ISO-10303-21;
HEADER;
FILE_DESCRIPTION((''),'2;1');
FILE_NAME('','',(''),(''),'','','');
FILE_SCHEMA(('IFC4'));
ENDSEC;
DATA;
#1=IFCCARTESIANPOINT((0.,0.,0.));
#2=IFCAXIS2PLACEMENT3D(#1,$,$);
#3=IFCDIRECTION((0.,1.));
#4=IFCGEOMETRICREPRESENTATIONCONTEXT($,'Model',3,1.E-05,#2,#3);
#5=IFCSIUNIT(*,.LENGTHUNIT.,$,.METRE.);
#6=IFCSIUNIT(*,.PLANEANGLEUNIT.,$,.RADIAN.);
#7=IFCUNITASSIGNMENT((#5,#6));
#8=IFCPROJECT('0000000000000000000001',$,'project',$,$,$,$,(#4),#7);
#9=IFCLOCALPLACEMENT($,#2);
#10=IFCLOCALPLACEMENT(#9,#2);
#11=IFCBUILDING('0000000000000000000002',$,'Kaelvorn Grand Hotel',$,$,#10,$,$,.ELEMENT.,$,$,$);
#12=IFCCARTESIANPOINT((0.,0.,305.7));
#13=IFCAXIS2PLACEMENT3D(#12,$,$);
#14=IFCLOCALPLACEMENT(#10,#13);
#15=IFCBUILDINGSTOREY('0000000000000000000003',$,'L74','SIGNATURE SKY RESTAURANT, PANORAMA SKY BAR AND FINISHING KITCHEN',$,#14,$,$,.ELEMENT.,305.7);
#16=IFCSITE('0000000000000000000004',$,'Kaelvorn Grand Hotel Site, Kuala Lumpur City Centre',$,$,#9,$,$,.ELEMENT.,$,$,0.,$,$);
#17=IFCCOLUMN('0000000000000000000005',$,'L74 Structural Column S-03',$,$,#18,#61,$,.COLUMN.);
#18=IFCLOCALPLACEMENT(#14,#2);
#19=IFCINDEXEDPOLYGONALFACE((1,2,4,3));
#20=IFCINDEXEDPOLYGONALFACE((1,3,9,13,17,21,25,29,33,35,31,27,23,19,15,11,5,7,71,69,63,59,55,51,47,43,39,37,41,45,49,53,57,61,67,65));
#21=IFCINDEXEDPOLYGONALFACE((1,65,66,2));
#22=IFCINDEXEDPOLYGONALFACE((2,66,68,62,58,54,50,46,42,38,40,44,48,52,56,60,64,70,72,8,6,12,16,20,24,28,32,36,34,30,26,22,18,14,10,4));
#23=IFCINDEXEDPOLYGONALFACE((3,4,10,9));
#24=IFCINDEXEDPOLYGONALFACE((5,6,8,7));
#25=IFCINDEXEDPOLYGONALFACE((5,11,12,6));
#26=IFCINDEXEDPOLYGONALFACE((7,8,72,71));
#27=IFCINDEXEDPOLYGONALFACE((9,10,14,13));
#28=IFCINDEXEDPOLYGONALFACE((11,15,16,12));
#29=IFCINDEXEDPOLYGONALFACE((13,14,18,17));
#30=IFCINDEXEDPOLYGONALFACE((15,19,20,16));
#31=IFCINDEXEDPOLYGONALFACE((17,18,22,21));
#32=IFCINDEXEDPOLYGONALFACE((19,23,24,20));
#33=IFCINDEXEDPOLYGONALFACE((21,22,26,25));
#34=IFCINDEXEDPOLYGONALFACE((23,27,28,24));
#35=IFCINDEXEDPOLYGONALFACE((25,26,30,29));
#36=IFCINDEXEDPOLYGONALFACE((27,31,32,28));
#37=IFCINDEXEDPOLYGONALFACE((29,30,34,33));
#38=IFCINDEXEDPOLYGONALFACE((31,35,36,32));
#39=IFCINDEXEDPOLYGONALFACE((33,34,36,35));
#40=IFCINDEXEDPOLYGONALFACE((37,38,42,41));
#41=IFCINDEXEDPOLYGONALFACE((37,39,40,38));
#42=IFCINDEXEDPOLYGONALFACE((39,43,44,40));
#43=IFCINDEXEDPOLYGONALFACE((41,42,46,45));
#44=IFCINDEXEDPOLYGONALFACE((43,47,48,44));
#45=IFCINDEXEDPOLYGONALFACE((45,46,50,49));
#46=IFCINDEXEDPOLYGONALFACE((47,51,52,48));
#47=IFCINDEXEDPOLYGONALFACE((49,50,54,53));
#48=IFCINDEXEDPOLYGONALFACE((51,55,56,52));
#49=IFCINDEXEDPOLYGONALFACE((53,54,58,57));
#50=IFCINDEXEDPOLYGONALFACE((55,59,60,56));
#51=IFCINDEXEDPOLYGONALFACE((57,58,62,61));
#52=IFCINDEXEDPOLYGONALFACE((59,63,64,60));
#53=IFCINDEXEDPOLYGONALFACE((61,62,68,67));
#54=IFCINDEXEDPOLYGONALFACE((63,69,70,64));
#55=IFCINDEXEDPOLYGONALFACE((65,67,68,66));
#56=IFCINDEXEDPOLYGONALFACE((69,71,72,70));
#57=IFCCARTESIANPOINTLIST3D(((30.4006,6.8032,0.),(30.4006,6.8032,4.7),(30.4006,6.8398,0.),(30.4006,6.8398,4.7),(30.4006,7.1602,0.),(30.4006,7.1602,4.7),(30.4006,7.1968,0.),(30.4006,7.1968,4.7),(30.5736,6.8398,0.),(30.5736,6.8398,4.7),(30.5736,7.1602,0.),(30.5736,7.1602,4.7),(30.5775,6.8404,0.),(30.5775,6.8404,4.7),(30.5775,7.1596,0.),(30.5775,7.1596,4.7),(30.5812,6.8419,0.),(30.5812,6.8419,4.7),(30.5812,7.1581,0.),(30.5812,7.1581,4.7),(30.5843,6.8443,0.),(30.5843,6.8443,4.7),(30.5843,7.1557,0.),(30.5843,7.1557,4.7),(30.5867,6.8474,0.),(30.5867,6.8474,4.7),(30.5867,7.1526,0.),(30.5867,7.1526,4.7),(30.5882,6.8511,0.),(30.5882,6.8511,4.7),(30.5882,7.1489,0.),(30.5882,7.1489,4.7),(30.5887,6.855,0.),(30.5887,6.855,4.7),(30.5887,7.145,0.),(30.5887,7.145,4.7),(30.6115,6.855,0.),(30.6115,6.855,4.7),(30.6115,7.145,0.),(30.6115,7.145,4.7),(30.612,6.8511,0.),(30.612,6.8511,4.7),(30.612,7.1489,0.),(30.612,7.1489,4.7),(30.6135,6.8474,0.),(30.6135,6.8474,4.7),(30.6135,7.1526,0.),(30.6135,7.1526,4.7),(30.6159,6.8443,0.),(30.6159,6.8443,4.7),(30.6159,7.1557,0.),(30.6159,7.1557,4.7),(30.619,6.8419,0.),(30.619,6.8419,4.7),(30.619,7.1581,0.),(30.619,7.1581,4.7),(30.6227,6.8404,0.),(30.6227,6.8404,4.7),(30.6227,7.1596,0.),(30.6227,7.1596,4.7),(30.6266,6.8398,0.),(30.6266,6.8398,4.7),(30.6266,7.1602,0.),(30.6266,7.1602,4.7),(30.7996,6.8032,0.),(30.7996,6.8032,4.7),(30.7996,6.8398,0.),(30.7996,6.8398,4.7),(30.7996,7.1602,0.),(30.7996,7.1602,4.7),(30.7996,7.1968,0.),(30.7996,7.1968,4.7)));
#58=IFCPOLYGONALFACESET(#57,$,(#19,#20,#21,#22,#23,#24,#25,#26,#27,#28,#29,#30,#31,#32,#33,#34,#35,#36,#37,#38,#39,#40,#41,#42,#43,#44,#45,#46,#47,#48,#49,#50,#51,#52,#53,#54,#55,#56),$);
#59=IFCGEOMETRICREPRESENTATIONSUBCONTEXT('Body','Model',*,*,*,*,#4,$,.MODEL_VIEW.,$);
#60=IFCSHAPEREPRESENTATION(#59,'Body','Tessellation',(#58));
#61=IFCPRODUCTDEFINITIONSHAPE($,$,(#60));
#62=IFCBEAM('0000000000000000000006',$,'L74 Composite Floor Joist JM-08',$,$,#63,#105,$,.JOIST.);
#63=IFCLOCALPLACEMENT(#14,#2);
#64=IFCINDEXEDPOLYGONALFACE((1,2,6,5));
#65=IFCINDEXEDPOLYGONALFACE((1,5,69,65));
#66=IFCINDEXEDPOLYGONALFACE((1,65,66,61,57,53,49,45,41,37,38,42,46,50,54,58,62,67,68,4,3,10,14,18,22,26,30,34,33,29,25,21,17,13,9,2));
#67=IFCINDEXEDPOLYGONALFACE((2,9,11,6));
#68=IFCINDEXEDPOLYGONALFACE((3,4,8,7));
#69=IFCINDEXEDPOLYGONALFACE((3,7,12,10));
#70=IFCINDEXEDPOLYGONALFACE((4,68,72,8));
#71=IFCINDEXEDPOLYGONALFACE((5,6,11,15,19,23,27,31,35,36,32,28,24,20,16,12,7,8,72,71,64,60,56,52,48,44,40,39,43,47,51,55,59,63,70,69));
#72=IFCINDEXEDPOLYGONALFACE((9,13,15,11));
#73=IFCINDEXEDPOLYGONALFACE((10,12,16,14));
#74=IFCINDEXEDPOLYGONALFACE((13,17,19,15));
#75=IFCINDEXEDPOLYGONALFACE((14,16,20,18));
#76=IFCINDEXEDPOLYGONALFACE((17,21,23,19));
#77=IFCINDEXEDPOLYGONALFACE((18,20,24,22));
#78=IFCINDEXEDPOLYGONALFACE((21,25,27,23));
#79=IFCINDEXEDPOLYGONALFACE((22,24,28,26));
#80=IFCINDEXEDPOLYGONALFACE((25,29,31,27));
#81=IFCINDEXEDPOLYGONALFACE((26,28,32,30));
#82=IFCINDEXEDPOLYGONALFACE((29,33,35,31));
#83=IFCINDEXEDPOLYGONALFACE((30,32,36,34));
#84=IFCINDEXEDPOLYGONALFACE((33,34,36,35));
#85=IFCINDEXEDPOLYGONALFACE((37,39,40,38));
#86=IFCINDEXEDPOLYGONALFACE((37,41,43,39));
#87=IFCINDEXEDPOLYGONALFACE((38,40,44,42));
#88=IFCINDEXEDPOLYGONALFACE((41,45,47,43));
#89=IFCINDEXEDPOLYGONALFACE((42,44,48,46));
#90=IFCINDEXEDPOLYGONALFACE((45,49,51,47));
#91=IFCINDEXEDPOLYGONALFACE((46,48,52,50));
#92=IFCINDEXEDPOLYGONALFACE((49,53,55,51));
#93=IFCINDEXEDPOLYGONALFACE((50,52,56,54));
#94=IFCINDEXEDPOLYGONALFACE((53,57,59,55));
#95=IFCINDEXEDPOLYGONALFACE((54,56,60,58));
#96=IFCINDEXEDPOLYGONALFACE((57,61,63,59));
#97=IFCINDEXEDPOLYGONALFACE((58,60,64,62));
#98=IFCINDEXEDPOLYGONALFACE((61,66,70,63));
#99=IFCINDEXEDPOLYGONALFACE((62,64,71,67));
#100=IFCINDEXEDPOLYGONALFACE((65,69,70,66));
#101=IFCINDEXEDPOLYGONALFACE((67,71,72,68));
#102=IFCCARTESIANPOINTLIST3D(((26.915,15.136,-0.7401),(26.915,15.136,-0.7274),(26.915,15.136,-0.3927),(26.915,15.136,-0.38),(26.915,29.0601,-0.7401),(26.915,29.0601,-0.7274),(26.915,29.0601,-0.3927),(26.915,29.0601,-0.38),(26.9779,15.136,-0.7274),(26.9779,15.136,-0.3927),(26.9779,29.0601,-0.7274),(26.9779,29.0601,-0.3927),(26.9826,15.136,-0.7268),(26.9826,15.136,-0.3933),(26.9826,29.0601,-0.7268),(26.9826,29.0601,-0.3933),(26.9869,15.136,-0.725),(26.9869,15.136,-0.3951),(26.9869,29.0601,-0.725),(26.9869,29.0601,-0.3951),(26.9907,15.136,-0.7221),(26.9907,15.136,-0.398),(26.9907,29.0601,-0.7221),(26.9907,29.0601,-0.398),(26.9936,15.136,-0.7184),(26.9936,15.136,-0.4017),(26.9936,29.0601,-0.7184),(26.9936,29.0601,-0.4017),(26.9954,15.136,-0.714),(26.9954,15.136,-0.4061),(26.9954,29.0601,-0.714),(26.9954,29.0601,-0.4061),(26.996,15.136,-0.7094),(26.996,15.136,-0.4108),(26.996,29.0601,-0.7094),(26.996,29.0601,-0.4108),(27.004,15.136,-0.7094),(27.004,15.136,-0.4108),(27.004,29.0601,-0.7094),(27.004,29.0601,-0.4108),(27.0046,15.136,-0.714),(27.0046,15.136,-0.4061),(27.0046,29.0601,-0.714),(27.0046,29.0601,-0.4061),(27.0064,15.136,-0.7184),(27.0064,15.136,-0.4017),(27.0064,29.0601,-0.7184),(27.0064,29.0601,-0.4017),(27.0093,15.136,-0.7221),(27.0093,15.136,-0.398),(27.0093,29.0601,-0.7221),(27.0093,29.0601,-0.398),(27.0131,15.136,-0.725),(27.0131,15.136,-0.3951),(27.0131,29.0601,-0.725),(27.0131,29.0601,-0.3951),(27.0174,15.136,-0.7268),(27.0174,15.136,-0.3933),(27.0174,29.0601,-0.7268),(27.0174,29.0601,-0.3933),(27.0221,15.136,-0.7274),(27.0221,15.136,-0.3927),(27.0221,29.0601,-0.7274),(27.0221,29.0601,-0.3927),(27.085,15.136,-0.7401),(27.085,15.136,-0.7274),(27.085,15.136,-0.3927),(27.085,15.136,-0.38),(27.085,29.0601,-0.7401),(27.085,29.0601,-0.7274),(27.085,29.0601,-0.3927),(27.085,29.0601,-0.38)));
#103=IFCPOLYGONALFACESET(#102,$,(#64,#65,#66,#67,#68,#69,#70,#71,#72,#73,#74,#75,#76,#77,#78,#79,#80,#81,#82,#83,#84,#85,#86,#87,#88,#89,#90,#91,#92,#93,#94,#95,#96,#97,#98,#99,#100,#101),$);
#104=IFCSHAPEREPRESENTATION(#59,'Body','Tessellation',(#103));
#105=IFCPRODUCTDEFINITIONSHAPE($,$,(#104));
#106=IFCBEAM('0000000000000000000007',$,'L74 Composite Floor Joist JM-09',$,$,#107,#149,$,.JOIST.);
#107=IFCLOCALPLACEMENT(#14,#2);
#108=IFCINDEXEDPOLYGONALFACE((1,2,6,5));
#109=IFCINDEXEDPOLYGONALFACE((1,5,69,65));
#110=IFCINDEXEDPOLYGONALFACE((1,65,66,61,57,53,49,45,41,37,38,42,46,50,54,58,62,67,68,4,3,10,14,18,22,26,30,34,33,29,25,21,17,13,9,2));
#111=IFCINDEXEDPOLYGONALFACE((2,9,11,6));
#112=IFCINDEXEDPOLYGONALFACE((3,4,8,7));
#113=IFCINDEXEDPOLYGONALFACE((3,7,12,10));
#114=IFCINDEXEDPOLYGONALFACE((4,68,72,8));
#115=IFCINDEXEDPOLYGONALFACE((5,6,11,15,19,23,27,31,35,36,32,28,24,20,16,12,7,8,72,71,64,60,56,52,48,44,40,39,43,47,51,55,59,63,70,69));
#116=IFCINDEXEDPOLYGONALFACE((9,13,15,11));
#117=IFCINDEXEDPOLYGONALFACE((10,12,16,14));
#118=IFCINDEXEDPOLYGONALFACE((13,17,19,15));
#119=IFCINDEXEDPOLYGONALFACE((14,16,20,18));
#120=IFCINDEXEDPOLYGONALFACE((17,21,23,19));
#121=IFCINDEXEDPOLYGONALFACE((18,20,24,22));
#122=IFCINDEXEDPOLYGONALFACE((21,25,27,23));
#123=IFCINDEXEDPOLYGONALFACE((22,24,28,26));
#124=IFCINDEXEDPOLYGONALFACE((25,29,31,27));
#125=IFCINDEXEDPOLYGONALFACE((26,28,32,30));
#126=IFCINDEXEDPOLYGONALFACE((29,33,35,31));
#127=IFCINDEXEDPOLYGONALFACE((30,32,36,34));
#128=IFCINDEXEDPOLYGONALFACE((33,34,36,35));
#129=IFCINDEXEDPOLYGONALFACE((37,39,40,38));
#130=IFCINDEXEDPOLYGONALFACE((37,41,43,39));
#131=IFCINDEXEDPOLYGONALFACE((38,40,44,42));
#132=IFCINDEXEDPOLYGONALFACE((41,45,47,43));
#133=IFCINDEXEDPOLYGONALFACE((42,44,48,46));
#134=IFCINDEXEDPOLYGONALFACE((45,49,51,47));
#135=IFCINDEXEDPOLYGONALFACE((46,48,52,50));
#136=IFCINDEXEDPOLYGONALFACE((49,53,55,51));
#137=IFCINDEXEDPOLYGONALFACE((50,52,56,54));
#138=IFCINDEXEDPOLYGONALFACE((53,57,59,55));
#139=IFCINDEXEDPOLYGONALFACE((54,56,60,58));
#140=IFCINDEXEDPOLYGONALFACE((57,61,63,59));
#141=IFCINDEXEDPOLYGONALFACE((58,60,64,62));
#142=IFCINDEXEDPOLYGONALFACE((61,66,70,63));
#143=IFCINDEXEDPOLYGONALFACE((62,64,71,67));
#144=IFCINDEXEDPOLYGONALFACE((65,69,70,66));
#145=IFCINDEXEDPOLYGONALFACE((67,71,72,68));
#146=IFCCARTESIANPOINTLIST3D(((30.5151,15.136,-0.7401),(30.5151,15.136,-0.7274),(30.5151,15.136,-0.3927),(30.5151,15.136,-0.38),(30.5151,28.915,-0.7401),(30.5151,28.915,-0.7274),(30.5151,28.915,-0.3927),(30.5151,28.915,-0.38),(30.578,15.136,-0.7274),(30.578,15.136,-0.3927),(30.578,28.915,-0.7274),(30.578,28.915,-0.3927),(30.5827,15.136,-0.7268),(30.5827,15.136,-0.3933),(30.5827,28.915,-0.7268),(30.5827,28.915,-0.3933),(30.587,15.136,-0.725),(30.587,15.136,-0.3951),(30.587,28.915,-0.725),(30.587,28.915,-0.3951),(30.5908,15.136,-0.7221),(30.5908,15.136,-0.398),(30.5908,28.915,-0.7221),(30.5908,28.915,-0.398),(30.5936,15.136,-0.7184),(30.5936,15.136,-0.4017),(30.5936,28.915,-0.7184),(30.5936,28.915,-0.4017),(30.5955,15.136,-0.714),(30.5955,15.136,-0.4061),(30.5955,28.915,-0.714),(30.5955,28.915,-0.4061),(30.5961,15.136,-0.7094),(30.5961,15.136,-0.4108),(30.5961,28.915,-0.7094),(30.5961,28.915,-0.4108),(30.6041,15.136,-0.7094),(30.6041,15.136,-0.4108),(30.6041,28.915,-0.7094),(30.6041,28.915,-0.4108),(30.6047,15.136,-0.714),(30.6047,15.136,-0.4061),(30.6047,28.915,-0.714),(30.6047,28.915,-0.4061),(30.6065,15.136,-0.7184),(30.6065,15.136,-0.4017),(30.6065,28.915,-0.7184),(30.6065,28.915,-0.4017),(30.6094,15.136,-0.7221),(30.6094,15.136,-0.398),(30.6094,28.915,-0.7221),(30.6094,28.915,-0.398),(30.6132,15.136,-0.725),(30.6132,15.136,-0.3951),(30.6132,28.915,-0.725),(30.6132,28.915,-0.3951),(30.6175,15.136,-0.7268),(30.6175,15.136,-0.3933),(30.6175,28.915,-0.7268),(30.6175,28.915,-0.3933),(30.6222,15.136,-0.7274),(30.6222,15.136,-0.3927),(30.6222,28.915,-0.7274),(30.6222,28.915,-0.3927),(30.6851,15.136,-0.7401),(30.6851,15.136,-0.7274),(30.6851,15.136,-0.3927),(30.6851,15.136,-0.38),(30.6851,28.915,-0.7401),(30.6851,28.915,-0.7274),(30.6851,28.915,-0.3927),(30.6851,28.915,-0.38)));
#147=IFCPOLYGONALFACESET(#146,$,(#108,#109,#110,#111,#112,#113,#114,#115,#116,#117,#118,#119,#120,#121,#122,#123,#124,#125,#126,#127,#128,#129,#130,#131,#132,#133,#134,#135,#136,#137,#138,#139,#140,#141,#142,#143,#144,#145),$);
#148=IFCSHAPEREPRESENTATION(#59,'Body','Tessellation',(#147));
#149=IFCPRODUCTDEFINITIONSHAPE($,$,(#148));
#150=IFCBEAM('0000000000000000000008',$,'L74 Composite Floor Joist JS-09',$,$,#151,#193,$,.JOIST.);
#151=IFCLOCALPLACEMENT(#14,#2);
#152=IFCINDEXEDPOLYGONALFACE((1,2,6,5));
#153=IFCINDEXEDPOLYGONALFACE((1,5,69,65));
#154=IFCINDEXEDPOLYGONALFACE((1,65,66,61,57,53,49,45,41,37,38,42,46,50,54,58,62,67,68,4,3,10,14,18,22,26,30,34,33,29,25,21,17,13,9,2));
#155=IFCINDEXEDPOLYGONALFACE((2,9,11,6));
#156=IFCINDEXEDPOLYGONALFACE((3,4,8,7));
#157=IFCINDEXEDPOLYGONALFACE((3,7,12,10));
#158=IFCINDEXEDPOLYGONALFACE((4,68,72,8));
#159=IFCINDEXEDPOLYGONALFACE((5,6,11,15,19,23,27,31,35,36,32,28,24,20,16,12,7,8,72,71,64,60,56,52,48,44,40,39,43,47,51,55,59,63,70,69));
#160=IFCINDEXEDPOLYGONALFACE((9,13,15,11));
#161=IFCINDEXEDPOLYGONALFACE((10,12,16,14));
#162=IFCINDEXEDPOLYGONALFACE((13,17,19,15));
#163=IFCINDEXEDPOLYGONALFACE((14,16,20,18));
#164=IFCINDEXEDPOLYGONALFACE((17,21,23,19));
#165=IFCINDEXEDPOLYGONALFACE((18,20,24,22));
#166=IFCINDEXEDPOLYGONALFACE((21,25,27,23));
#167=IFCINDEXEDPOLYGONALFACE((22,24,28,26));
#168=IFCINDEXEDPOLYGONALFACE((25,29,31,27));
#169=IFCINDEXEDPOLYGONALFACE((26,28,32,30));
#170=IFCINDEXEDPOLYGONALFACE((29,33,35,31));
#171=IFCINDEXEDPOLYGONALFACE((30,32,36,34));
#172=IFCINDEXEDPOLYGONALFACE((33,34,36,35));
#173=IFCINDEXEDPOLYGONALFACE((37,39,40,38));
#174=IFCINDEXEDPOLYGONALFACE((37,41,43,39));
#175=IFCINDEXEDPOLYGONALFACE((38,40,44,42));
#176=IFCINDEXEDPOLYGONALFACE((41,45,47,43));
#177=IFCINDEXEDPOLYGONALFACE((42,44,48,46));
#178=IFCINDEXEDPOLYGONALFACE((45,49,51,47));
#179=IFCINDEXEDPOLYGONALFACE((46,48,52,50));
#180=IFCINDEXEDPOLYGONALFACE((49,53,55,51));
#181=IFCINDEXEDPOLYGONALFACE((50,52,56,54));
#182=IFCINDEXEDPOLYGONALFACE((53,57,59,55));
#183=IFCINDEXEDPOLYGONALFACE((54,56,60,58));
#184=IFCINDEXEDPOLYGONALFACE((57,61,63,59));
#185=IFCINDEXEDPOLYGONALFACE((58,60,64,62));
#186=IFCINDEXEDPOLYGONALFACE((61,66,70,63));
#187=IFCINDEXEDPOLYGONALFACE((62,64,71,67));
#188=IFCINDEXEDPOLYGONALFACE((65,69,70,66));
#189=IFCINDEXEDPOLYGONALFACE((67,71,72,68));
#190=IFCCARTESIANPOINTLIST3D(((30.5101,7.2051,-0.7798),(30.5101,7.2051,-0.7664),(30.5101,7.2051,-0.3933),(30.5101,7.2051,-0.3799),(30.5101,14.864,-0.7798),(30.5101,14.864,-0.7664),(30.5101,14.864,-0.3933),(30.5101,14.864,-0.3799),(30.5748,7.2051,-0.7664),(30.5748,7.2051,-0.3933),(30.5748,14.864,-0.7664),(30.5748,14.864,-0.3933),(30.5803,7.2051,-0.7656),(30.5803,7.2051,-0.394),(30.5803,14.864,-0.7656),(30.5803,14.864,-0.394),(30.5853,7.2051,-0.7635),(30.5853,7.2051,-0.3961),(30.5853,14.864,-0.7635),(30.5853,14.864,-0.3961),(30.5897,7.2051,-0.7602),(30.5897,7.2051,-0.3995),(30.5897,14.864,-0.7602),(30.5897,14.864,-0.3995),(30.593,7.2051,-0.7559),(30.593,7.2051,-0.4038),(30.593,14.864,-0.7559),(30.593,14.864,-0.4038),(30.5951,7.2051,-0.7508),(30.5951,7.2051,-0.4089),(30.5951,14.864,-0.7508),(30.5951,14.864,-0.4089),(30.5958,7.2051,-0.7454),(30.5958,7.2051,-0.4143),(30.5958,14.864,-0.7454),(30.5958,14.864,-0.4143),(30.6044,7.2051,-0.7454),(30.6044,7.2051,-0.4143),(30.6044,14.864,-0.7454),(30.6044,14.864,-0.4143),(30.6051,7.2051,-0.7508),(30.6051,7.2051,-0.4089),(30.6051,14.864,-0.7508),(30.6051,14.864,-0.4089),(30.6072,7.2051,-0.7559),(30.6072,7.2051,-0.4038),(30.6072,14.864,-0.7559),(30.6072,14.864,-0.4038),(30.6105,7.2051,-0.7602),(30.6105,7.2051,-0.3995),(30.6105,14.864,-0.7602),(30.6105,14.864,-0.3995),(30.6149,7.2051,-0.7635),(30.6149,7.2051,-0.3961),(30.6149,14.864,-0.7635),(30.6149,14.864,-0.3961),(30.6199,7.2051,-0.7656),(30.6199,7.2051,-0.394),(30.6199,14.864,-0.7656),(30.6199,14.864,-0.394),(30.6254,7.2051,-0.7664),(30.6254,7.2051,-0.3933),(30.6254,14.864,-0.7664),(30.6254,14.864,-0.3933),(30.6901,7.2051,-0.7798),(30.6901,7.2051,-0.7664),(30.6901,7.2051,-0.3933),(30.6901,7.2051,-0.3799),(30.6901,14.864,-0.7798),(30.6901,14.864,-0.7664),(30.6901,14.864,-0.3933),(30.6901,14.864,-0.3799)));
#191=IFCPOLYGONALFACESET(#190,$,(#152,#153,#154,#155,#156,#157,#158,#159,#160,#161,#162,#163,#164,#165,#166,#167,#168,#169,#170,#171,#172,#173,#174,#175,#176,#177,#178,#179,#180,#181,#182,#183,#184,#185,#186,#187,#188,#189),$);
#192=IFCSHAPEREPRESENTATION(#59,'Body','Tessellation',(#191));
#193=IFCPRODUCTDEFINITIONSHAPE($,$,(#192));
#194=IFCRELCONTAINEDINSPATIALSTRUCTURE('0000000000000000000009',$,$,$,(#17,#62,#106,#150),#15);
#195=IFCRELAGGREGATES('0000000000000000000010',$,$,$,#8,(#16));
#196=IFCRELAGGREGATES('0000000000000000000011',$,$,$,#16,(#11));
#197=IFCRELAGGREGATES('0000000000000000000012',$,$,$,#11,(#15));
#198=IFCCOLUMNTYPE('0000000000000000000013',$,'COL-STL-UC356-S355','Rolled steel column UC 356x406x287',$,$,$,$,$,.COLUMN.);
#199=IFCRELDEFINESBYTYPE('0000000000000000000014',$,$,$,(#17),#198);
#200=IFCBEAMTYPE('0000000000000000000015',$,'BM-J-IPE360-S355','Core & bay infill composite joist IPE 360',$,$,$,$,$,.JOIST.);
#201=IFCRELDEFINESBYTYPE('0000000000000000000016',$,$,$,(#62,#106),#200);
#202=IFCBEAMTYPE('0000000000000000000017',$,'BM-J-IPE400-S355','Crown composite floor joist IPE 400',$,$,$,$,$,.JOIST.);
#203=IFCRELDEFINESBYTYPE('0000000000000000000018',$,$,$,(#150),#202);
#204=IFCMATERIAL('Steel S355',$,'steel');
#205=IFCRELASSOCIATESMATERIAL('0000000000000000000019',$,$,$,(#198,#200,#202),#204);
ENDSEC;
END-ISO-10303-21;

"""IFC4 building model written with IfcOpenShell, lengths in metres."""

from ifc_helpers import new_model, si_unit, direction, frame, origin, origin_2d, place, context, subcontext, project, spatial, i_section, extrude, material, material_profile, profile_set, type_object, element, save


model = new_model("IFC4")

# Units and contexts
model_context = context("Model", 3, precision=1e-05, world=origin(), true_north=direction((0.0, 1.0)))
body_context = subcontext(model_context, "Body", "Model", "MODEL_VIEW")
ifc_project = project(units=[si_unit("LENGTHUNIT", "METRE"), si_unit("PLANEANGLEUNIT", "RADIAN")], contexts=[model_context])

# Site, building, storey
site_placement = place(None, origin())
site = spatial("IfcSite", under=ifc_project, at=site_placement, Name="Kaelvorn Grand Hotel Site, Kuala Lumpur City Centre", CompositionType="ELEMENT", RefElevation=0.0)
building_placement = place(site_placement, origin())
building = spatial("IfcBuilding", under=site, at=building_placement, Name="Kaelvorn Grand Hotel", CompositionType="ELEMENT")
storey_placement = place(building_placement, frame((0.0, 0.0, 305.7)))
storey = spatial("IfcBuildingStorey", under=building, at=storey_placement, Name="L74", Description="SIGNATURE SKY RESTAURANT, PANORAMA SKY BAR AND FINISHING KITCHEN", CompositionType="ELEMENT", Elevation=305.7)

# Column
ifc_material_1 = material(Name="Steel S355", Category="steel")
ifc_material_profile_1 = material_profile(ifc_material_1, i_section(OverallWidth=0.3989, OverallDepth=0.3936, WebThickness=0.0227, FlangeThickness=0.0366, FilletRadius=0.0151, at=origin_2d()), Name="UC 356x406x287")
ifc_profile_set_1 = profile_set([ifc_material_profile_1], Name="Steel S355")
column_type = type_object("IfcColumnType", Name="COL-STL-UC356-S355", Description="Rolled steel column UC 356x406x287", PredefinedType="COLUMN", material=ifc_profile_set_1)
column_placement = place(storey_placement, frame((30.6001, 7.0, 0.0), z_axis=(0.0, 0.0, 1.0), x_axis=(1.0, 0.0, 0.0)))
element("IfcColumn", 1, at=column_placement, inside=storey, type_object=column_type, Name="L74 Structural Column S-03", PredefinedType="COLUMN", context=body_context, shape_type="SweptSolid", body=[
    extrude(i_section(OverallWidth=0.3989, OverallDepth=0.3936, WebThickness=0.0227, FlangeThickness=0.0366, FilletRadius=0.0151, at=origin_2d()), origin(), (0.0, 0.0, 1.0), 4.7),
])

# Beams
ifc_material_profile_2 = material_profile(ifc_material_1, i_section(OverallWidth=0.1699, OverallDepth=0.3601, WebThickness=0.0081, FlangeThickness=0.0127, FilletRadius=0.0181, at=origin_2d()), Name="IPE 360")
ifc_profile_set_2 = profile_set([ifc_material_profile_2], Name="Steel S355")
beam_type_1 = type_object("IfcBeamType", Name="BM-J-IPE360-S355", Description="Core & bay infill composite joist IPE 360", PredefinedType="JOIST", material=ifc_profile_set_2)
beam_1_placement = place(storey_placement, frame((27.0, 15.136, -0.5601), z_axis=(0.0, 1.0, 0.0), x_axis=(-1.0, 0.0, 0.0)))
element("IfcBeam", 2, at=beam_1_placement, inside=storey, type_object=beam_type_1, Name="L74 Composite Floor Joist JM-08", PredefinedType="JOIST", context=body_context, shape_type="SweptSolid", body=[
    extrude(i_section(OverallWidth=0.1699, OverallDepth=0.3601, WebThickness=0.0081, FlangeThickness=0.0127, FilletRadius=0.0181, at=origin_2d()), origin(), (0.0, 0.0, 1.0), 13.9241),
])
beam_2_placement = place(storey_placement, frame((30.6001, 15.136, -0.5601), z_axis=(0.0, 1.0, 0.0), x_axis=(-1.0, 0.0, 0.0)))
element("IfcBeam", 3, at=beam_2_placement, inside=storey, type_object=beam_type_1, Name="L74 Composite Floor Joist JM-09", PredefinedType="JOIST", context=body_context, shape_type="SweptSolid", body=[
    extrude(i_section(OverallWidth=0.1699, OverallDepth=0.3601, WebThickness=0.0081, FlangeThickness=0.0127, FilletRadius=0.0181, at=origin_2d()), origin(), (0.0, 0.0, 1.0), 13.7791),
])
ifc_material_profile_3 = material_profile(ifc_material_1, i_section(OverallWidth=0.1799, OverallDepth=0.3999, WebThickness=0.0085, FlangeThickness=0.0134, FilletRadius=0.021, at=origin_2d()), Name="IPE 400")
ifc_profile_set_3 = profile_set([ifc_material_profile_3], Name="Steel S355")
beam_type_2 = type_object("IfcBeamType", Name="BM-J-IPE400-S355", Description="Crown composite floor joist IPE 400", PredefinedType="JOIST", material=ifc_profile_set_3)
beam_3_placement = place(storey_placement, frame((30.6001, 7.2051, -0.5798), z_axis=(0.0, 1.0, 0.0), x_axis=(-1.0, 0.0, 0.0)))
element("IfcBeam", 4, at=beam_3_placement, inside=storey, type_object=beam_type_2, Name="L74 Composite Floor Joist JS-09", PredefinedType="JOIST", context=body_context, shape_type="SweptSolid", body=[
    extrude(i_section(OverallWidth=0.1799, OverallDepth=0.3999, WebThickness=0.0085, FlangeThickness=0.0134, FilletRadius=0.021, at=origin_2d()), origin(), (0.0, 0.0, 1.0), 7.6589),
])

save(model, "model.ifc")
